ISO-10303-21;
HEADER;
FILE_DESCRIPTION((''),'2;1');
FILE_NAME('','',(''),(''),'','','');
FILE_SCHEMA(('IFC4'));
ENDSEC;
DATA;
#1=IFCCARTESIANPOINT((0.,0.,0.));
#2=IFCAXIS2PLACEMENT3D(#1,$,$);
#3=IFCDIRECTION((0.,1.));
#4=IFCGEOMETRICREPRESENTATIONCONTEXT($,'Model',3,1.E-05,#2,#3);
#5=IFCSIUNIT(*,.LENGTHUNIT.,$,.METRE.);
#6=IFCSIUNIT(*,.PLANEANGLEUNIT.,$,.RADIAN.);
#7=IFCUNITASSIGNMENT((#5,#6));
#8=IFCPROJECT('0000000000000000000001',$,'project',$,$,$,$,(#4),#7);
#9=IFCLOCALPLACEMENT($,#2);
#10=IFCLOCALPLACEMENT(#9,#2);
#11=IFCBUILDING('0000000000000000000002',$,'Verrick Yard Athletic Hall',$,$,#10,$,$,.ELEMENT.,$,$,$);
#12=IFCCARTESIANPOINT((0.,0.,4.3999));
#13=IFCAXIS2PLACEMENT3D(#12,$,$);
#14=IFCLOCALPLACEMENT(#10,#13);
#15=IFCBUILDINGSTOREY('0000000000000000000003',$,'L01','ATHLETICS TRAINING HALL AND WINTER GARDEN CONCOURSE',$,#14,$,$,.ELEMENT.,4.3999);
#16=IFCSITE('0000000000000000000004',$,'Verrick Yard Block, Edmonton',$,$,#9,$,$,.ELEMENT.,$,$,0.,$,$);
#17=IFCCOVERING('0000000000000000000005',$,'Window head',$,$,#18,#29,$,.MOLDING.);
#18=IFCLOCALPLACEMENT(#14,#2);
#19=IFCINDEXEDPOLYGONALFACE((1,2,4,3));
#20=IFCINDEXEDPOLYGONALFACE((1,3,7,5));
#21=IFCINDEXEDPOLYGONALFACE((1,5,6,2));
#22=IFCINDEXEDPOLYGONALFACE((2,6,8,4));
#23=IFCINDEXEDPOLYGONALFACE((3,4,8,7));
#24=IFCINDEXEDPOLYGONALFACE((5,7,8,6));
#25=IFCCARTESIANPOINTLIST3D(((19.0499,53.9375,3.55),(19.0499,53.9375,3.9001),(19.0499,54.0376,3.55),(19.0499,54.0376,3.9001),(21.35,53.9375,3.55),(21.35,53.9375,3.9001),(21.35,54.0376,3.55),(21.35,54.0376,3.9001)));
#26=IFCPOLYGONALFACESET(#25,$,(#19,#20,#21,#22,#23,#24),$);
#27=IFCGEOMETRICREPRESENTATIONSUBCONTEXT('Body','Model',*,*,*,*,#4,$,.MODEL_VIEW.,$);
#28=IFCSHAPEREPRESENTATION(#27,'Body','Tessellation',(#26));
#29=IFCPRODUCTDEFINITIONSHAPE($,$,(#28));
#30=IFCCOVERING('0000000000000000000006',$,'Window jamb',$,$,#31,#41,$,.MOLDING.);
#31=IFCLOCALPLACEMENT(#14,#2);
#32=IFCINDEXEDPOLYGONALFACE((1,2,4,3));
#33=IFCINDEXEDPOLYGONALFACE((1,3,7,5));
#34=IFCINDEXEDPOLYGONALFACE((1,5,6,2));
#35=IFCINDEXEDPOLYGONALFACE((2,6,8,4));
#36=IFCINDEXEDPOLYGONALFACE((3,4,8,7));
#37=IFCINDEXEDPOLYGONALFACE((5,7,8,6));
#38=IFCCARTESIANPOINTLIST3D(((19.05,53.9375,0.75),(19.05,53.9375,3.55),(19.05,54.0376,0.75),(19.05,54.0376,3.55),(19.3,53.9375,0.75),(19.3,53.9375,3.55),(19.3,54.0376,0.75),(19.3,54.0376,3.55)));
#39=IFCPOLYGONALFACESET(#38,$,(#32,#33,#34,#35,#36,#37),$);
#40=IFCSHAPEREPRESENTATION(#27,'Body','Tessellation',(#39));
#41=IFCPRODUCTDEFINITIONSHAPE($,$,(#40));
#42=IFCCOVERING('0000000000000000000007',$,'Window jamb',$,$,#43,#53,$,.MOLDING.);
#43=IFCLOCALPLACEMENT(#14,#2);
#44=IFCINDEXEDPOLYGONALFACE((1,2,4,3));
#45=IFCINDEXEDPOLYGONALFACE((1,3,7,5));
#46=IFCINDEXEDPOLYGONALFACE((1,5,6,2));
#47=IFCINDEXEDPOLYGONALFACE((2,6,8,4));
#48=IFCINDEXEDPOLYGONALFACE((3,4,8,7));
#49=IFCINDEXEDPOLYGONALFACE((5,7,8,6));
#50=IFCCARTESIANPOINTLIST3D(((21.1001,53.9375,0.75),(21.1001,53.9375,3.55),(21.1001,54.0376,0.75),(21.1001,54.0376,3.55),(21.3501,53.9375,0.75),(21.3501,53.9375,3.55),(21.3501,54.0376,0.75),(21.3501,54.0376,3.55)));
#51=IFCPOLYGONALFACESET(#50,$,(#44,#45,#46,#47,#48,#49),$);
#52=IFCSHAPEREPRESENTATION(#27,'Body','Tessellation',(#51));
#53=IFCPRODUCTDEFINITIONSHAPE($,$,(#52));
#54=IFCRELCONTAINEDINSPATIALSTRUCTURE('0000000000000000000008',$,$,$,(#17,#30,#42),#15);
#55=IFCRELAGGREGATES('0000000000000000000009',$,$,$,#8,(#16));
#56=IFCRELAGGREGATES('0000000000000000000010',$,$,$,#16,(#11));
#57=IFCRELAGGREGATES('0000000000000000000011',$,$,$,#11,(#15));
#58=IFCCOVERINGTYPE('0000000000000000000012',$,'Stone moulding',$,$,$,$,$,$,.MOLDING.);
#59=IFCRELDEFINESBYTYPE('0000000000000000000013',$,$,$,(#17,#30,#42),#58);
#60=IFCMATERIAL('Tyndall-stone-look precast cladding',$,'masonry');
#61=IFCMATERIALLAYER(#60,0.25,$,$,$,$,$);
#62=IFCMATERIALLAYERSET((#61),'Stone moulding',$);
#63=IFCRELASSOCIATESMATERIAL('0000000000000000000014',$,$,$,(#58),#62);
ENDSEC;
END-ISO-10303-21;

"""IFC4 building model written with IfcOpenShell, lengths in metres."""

from ifc_helpers import new_model, si_unit, direction, frame, origin, origin_2d, place, context, subcontext, project, spatial, rectangle, extrude, material, layer, layer_set, type_object, element, save


model = new_model("IFC4")

# Units and contexts
model_context = context("Model", 3, precision=1e-05, world=origin(), true_north=direction((0.0, 1.0)))
body_context = subcontext(model_context, "Body", "Model", "MODEL_VIEW")
ifc_project = project(units=[si_unit("LENGTHUNIT", "METRE"), si_unit("PLANEANGLEUNIT", "RADIAN")], contexts=[model_context])

# Site, building, storey
site_placement = place(None, origin())
site = spatial("IfcSite", under=ifc_project, at=site_placement, Name="Verrick Yard Block, Edmonton", CompositionType="ELEMENT", RefElevation=0.0)
building_placement = place(site_placement, origin())
building = spatial("IfcBuilding", under=site, at=building_placement, Name="Verrick Yard Athletic Hall", CompositionType="ELEMENT")
storey_placement = place(building_placement, frame((0.0, 0.0, 4.3999)))
storey = spatial("IfcBuildingStorey", under=building, at=storey_placement, Name="L01", Description="ATHLETICS TRAINING HALL AND WINTER GARDEN CONCOURSE", CompositionType="ELEMENT", Elevation=4.3999)

# Coverings
ifc_material_1 = material(Name="Tyndall-stone-look precast cladding", Category="masonry")
ifc_layer_1 = layer(ifc_material_1, 0.25)
ifc_layer_set_1 = layer_set([ifc_layer_1], Name="Stone moulding")
covering_type_1 = type_object("IfcCoveringType", Name="Stone moulding", PredefinedType="MOLDING", material=ifc_layer_set_1)
covering_1_placement = place(storey_placement, frame((20.2, 53.9875, 3.55), z_axis=(0.0, 0.0, 1.0), x_axis=(1.0, 0.0, 0.0)))
element("IfcCovering", 1, at=covering_1_placement, inside=storey, type_object=covering_type_1, Name="Window head", PredefinedType="MOLDING", context=body_context, shape_type="SweptSolid", body=[
    extrude(rectangle(XDim=2.3, YDim=0.1001, at=origin_2d()), origin(), (0.0, 0.0, 1.0), 0.3501),
])
for number, where, z_axis, x_axis, name in (
    (2, (19.175, 53.9875, 0.75), (0.0, 0.0, 1.0), (1.0, 0.0, 0.0), "Window jamb"),
    (3, (21.2251, 53.9875, 0.75), (0.0, 0.0, 1.0), (1.0, 0.0, 0.0), "Window jamb"),
):
    element("IfcCovering", number, at=place(storey_placement, frame(where, z_axis=z_axis, x_axis=x_axis)), inside=storey, type_object=covering_type_1, Name=name, PredefinedType="MOLDING", context=body_context, shape_type="SweptSolid", body=[
        extrude(rectangle(XDim=0.25, YDim=0.1001, at=origin_2d()), origin(), (0.0, 0.0, 1.0), 2.8),
    ])

save(model, "model.ifc")
